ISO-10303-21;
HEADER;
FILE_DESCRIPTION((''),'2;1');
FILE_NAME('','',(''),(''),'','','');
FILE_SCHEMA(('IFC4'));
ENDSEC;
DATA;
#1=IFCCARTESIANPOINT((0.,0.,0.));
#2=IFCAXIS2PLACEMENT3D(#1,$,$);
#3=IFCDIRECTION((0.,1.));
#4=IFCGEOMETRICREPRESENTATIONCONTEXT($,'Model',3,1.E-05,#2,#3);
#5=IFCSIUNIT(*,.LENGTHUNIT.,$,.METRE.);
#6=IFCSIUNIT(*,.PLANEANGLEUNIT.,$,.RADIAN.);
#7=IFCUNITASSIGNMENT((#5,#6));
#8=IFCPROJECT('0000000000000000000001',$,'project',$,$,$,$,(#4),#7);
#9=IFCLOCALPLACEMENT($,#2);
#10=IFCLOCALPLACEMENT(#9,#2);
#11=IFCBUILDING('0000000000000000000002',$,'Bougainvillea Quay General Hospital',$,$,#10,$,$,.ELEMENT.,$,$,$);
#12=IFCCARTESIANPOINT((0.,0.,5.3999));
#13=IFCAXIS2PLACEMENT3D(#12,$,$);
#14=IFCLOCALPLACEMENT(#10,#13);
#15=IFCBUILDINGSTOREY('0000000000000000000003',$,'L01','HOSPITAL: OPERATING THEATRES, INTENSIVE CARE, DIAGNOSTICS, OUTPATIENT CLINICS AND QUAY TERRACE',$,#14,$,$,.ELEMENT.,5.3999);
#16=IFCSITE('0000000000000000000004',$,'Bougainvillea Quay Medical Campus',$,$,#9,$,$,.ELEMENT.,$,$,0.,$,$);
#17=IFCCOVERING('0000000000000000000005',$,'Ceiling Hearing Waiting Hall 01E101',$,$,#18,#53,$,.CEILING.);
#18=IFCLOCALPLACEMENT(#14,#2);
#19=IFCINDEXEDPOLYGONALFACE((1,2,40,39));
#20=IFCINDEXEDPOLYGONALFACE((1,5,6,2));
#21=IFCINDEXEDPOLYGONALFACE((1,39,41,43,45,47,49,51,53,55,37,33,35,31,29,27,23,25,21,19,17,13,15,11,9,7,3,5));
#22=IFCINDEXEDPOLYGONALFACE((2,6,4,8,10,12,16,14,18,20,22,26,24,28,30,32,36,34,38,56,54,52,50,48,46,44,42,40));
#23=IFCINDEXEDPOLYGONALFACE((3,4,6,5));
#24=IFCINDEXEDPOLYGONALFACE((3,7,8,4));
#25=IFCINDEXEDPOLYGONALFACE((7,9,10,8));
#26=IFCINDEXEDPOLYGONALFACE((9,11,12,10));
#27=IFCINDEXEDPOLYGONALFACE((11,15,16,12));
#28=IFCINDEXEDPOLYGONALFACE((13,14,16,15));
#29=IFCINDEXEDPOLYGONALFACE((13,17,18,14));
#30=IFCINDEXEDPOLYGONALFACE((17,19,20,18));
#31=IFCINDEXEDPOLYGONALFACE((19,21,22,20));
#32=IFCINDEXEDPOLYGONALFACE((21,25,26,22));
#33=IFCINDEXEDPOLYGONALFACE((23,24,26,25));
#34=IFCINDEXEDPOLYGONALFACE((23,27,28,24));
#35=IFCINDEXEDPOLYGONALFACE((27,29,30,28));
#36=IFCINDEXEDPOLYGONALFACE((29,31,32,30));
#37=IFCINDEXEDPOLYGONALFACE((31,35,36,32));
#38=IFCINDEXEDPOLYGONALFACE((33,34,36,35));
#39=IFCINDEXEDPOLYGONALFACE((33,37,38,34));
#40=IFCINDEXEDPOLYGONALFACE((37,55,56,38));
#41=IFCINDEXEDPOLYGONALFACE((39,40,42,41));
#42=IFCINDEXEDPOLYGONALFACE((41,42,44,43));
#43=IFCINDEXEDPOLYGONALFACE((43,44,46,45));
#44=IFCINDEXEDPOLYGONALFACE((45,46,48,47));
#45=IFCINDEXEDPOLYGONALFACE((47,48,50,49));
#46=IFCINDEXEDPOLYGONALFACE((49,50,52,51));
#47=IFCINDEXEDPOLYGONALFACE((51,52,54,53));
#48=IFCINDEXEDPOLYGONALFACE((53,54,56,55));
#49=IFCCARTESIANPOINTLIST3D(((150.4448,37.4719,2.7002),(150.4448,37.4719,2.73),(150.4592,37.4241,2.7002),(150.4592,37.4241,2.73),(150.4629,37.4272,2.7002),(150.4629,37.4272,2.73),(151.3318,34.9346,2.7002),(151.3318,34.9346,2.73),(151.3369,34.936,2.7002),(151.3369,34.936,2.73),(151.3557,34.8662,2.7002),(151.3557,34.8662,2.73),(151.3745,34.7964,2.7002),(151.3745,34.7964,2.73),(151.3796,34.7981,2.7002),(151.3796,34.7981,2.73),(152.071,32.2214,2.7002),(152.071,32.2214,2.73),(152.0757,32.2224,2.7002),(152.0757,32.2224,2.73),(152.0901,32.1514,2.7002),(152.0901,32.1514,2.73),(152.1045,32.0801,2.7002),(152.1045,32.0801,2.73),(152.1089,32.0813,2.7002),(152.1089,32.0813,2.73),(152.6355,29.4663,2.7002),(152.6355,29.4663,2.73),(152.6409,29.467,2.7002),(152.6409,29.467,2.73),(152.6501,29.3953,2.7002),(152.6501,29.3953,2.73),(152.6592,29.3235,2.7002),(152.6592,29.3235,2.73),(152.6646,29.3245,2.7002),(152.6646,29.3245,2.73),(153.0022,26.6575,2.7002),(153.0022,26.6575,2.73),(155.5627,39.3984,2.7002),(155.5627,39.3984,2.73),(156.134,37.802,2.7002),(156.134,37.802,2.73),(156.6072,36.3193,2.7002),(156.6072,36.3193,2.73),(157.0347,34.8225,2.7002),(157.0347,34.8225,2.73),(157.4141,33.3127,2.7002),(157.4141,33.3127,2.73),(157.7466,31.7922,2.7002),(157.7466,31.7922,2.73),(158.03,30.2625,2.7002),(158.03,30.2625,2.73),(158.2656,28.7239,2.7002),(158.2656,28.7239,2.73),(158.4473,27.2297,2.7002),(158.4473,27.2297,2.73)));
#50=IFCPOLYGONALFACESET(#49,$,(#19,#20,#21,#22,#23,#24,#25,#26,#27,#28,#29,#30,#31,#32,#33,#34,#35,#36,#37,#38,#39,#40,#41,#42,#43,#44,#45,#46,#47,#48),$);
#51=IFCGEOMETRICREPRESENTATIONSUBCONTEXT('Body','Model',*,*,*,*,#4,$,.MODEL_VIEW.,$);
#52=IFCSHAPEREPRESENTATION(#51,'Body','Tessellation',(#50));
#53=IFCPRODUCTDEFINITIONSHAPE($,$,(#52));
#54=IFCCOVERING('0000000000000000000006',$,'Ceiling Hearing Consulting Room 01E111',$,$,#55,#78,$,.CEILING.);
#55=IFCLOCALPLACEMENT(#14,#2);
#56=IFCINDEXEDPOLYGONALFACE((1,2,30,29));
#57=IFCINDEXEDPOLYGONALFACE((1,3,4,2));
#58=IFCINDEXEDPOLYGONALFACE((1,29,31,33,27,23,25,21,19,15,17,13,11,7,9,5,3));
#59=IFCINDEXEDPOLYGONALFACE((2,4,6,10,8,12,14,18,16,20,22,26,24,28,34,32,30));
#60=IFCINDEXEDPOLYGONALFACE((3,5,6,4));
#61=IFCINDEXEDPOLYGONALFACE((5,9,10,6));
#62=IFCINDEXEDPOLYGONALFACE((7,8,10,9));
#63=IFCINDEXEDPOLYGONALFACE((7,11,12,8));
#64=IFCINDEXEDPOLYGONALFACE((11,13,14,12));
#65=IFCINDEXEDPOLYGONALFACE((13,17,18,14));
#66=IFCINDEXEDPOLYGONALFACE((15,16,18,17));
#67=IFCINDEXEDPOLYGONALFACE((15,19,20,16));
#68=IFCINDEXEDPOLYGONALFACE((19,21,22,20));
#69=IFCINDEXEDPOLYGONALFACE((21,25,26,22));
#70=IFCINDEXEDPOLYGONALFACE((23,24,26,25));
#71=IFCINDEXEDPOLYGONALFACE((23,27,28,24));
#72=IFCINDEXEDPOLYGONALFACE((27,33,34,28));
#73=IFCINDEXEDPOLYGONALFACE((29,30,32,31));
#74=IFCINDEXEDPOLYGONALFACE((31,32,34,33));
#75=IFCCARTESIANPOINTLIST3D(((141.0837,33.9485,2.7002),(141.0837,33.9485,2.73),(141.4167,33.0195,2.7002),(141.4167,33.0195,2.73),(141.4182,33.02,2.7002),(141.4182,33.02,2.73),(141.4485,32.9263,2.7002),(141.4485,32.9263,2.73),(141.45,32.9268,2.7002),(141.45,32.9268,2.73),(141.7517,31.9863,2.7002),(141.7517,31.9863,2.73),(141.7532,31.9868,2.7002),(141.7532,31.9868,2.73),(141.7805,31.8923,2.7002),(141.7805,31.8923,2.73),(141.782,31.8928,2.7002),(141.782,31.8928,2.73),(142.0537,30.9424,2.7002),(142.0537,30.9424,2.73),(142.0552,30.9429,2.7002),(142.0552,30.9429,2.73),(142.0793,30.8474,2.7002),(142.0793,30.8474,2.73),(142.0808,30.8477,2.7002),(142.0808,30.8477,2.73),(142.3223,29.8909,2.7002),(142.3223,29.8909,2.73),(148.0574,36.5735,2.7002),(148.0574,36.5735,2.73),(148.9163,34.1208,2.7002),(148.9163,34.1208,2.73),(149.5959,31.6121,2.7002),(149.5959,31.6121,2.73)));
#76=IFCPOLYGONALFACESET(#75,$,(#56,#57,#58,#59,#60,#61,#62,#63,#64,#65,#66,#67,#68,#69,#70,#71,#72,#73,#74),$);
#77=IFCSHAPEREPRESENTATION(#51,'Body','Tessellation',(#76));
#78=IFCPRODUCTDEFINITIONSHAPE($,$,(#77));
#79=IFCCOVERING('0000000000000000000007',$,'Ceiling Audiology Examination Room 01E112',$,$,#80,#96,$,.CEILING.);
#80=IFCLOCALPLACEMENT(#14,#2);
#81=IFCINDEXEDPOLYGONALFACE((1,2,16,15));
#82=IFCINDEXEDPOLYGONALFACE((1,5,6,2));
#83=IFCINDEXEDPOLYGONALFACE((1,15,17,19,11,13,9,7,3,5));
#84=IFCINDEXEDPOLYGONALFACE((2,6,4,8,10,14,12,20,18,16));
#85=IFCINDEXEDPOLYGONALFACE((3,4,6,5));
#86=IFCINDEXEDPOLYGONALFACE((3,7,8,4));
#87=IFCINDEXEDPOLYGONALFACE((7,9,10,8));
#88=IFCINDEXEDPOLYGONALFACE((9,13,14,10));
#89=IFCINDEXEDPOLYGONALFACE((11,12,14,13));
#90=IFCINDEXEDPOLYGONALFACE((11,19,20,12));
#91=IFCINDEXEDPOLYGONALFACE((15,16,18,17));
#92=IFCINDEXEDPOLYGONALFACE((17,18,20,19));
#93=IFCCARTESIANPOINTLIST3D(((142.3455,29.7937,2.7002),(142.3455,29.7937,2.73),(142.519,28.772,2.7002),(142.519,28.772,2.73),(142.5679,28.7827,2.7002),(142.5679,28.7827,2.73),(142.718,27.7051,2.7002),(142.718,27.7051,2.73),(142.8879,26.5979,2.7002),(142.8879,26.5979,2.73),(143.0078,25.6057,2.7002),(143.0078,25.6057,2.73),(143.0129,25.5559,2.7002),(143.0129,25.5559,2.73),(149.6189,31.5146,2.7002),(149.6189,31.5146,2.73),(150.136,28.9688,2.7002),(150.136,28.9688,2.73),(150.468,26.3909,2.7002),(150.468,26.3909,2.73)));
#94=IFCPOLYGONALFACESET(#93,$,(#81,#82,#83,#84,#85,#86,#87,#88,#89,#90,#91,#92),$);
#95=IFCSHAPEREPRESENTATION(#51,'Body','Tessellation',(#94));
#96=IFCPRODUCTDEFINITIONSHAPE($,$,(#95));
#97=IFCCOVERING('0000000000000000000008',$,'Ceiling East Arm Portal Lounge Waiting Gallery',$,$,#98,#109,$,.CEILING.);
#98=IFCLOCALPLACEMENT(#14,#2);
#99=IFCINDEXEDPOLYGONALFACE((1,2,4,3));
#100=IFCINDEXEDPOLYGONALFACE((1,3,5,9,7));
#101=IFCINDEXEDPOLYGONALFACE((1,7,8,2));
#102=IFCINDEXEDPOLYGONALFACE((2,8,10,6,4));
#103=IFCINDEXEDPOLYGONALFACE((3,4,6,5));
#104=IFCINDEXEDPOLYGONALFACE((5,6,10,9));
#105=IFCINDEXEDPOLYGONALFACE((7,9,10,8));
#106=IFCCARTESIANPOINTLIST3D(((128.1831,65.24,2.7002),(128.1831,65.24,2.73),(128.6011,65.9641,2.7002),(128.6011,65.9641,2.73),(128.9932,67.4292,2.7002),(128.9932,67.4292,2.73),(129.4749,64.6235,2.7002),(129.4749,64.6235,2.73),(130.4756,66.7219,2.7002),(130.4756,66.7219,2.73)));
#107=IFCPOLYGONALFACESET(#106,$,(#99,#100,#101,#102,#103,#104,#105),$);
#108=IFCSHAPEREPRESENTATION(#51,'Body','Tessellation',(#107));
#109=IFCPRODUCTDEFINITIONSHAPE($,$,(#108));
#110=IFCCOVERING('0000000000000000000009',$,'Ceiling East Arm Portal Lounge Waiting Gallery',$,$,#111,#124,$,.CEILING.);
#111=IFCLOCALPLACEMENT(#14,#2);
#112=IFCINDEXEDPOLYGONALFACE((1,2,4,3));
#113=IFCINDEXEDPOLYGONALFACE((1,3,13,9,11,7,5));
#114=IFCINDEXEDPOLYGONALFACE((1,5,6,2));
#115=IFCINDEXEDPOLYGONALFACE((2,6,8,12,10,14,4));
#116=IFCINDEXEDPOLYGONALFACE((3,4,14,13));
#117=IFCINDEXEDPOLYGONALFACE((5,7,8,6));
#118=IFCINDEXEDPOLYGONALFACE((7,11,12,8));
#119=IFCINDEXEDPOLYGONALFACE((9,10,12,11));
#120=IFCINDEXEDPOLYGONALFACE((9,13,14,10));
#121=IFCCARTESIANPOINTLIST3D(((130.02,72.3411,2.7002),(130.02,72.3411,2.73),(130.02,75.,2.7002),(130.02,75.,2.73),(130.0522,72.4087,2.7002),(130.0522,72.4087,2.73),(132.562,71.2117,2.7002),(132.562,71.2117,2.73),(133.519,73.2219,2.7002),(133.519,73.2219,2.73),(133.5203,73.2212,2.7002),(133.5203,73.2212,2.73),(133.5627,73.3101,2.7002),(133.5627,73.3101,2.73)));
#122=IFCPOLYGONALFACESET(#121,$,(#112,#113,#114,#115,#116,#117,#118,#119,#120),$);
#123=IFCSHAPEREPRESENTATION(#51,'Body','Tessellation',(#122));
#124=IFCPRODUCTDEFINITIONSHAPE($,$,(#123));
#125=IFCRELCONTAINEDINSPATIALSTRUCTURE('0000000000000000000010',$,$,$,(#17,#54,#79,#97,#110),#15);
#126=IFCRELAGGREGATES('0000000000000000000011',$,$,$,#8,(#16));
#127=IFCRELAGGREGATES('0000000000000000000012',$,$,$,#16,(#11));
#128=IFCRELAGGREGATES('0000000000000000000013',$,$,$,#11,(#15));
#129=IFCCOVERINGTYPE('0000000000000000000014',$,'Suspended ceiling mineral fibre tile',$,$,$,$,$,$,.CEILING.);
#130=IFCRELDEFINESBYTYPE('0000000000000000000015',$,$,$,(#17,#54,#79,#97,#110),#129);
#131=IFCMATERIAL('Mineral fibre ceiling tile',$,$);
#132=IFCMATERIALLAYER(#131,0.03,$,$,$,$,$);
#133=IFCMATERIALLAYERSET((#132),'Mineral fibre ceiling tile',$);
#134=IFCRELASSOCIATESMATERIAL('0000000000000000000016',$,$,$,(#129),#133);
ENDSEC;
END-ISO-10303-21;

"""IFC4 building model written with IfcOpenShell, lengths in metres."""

from ifc_helpers import new_model, si_unit, direction, frame, origin, place, context, subcontext, project, spatial, polyline, outline, extrude, material, layer, layer_set, type_object, element, save


model = new_model("IFC4")

# Units and contexts
model_context = context("Model", 3, precision=1e-05, world=origin(), true_north=direction((0.0, 1.0)))
body_context = subcontext(model_context, "Body", "Model", "MODEL_VIEW")
ifc_project = project(units=[si_unit("LENGTHUNIT", "METRE"), si_unit("PLANEANGLEUNIT", "RADIAN")], contexts=[model_context])

# Site, building, storey
site_placement = place(None, origin())
site = spatial("IfcSite", under=ifc_project, at=site_placement, Name="Bougainvillea Quay Medical Campus", CompositionType="ELEMENT", RefElevation=0.0)
building_placement = place(site_placement, origin())
building = spatial("IfcBuilding", under=site, at=building_placement, Name="Bougainvillea Quay General Hospital", CompositionType="ELEMENT")
storey_placement = place(building_placement, frame((0.0, 0.0, 5.3999)))
storey = spatial("IfcBuildingStorey", under=building, at=storey_placement, Name="L01", Description="HOSPITAL: OPERATING THEATRES, INTENSIVE CARE, DIAGNOSTICS, OUTPATIENT CLINICS AND QUAY TERRACE", CompositionType="ELEMENT", Elevation=5.3999)

# Coverings
ifc_material_1 = material(Name="Mineral fibre ceiling tile")
ifc_layer_1 = layer(ifc_material_1, 0.03)
ifc_layer_set_1 = layer_set([ifc_layer_1], Name="Mineral fibre ceiling tile")
covering_type = type_object("IfcCoveringType", Name="Suspended ceiling mineral fibre tile", PredefinedType="CEILING", material=ifc_layer_set_1)
covering_1_placement = place(storey_placement, frame((0.0, 0.0, 2.7002)))
element("IfcCovering", 1, at=covering_1_placement, inside=storey, type_object=covering_type, Name="Ceiling Hearing Waiting Hall 01E101", PredefinedType="CEILING", context=body_context, shape_type="SweptSolid", body=[
    extrude(outline(polyline([(157.0347, 34.8225), (156.6072, 36.3193), (156.134, 37.802), (155.5627, 39.3984), (150.4448, 37.4719), (150.4629, 37.4272), (150.4592, 37.4241), (151.3318, 34.9346), (151.3369, 34.936), (151.3557, 34.8662), (151.3796, 34.7981), (151.3745, 34.7964), (152.071, 32.2214), (152.0757, 32.2224), (152.0901, 32.1514), (152.1089, 32.0813), (152.1045, 32.0801), (152.6355, 29.4663), (152.6409, 29.467), (152.6501, 29.3953), (152.6646, 29.3245), (152.6592, 29.3235), (153.0022, 26.6575), (158.4473, 27.2297), (158.2656, 28.7239), (158.03, 30.2625), (157.7466, 31.7922), (157.4141, 33.3127), (157.0347, 34.8225)])), origin(), (0.0, 0.0, 1.0), 0.0298),
])
covering_2_placement = place(storey_placement, frame((0.0, 0.0, 2.7002)))
element("IfcCovering", 2, at=covering_2_placement, inside=storey, type_object=covering_type, Name="Ceiling Hearing Consulting Room 01E111", PredefinedType="CEILING", context=body_context, shape_type="SweptSolid", body=[
    extrude(outline(polyline([(141.4167, 33.0195), (141.4182, 33.02), (141.45, 32.9268), (141.4485, 32.9263), (141.7517, 31.9863), (141.7532, 31.9868), (141.782, 31.8928), (141.7805, 31.8923), (142.0537, 30.9424), (142.0552, 30.9429), (142.0808, 30.8477), (142.0793, 30.8474), (142.3223, 29.8909), (149.5959, 31.6121), (148.9163, 34.1208), (148.0574, 36.5735), (141.0837, 33.9485), (141.4167, 33.0195)])), origin(), (0.0, 0.0, 1.0), 0.0298),
])
covering_3_placement = place(storey_placement, frame((0.0, 0.0, 2.7002)))
element("IfcCovering", 3, at=covering_3_placement, inside=storey, type_object=covering_type, Name="Ceiling Audiology Examination Room 01E112", PredefinedType="CEILING", context=body_context, shape_type="SweptSolid", body=[
    extrude(outline(polyline([(143.0129, 25.5559), (143.0078, 25.6057), (150.468, 26.3909), (150.136, 28.9688), (149.6189, 31.5146), (142.3455, 29.7937), (142.5679, 28.7827), (142.519, 28.772), (142.718, 27.7051), (142.8879, 26.5979), (143.0129, 25.5559)])), origin(), (0.0, 0.0, 1.0), 0.0298),
])
covering_4_placement = place(storey_placement, frame((0.0, 0.0, 2.7002)))
element("IfcCovering", 4, at=covering_4_placement, inside=storey, type_object=covering_type, Name="Ceiling East Arm Portal Lounge Waiting Gallery", PredefinedType="CEILING", context=body_context, shape_type="SweptSolid", body=[
    extrude(outline(polyline([(129.4749, 64.6235), (130.4756, 66.7219), (128.9932, 67.4292), (128.6011, 65.9641), (128.1831, 65.24), (129.4749, 64.6235)])), origin(), (0.0, 0.0, 1.0), 0.0298),
])
covering_5_placement = place(storey_placement, frame((0.0, 0.0, 2.7002)))
element("IfcCovering", 5, at=covering_5_placement, inside=storey, type_object=covering_type, Name="Ceiling East Arm Portal Lounge Waiting Gallery", PredefinedType="CEILING", context=body_context, shape_type="SweptSolid", body=[
    extrude(outline(polyline([(130.02, 72.3411), (130.0522, 72.4087), (132.562, 71.2117), (133.5203, 73.2212), (133.519, 73.2219), (133.5627, 73.3101), (130.02, 75.0), (130.02, 72.3411)])), origin(), (0.0, 0.0, 1.0), 0.0298),
])

save(model, "model.ifc")
